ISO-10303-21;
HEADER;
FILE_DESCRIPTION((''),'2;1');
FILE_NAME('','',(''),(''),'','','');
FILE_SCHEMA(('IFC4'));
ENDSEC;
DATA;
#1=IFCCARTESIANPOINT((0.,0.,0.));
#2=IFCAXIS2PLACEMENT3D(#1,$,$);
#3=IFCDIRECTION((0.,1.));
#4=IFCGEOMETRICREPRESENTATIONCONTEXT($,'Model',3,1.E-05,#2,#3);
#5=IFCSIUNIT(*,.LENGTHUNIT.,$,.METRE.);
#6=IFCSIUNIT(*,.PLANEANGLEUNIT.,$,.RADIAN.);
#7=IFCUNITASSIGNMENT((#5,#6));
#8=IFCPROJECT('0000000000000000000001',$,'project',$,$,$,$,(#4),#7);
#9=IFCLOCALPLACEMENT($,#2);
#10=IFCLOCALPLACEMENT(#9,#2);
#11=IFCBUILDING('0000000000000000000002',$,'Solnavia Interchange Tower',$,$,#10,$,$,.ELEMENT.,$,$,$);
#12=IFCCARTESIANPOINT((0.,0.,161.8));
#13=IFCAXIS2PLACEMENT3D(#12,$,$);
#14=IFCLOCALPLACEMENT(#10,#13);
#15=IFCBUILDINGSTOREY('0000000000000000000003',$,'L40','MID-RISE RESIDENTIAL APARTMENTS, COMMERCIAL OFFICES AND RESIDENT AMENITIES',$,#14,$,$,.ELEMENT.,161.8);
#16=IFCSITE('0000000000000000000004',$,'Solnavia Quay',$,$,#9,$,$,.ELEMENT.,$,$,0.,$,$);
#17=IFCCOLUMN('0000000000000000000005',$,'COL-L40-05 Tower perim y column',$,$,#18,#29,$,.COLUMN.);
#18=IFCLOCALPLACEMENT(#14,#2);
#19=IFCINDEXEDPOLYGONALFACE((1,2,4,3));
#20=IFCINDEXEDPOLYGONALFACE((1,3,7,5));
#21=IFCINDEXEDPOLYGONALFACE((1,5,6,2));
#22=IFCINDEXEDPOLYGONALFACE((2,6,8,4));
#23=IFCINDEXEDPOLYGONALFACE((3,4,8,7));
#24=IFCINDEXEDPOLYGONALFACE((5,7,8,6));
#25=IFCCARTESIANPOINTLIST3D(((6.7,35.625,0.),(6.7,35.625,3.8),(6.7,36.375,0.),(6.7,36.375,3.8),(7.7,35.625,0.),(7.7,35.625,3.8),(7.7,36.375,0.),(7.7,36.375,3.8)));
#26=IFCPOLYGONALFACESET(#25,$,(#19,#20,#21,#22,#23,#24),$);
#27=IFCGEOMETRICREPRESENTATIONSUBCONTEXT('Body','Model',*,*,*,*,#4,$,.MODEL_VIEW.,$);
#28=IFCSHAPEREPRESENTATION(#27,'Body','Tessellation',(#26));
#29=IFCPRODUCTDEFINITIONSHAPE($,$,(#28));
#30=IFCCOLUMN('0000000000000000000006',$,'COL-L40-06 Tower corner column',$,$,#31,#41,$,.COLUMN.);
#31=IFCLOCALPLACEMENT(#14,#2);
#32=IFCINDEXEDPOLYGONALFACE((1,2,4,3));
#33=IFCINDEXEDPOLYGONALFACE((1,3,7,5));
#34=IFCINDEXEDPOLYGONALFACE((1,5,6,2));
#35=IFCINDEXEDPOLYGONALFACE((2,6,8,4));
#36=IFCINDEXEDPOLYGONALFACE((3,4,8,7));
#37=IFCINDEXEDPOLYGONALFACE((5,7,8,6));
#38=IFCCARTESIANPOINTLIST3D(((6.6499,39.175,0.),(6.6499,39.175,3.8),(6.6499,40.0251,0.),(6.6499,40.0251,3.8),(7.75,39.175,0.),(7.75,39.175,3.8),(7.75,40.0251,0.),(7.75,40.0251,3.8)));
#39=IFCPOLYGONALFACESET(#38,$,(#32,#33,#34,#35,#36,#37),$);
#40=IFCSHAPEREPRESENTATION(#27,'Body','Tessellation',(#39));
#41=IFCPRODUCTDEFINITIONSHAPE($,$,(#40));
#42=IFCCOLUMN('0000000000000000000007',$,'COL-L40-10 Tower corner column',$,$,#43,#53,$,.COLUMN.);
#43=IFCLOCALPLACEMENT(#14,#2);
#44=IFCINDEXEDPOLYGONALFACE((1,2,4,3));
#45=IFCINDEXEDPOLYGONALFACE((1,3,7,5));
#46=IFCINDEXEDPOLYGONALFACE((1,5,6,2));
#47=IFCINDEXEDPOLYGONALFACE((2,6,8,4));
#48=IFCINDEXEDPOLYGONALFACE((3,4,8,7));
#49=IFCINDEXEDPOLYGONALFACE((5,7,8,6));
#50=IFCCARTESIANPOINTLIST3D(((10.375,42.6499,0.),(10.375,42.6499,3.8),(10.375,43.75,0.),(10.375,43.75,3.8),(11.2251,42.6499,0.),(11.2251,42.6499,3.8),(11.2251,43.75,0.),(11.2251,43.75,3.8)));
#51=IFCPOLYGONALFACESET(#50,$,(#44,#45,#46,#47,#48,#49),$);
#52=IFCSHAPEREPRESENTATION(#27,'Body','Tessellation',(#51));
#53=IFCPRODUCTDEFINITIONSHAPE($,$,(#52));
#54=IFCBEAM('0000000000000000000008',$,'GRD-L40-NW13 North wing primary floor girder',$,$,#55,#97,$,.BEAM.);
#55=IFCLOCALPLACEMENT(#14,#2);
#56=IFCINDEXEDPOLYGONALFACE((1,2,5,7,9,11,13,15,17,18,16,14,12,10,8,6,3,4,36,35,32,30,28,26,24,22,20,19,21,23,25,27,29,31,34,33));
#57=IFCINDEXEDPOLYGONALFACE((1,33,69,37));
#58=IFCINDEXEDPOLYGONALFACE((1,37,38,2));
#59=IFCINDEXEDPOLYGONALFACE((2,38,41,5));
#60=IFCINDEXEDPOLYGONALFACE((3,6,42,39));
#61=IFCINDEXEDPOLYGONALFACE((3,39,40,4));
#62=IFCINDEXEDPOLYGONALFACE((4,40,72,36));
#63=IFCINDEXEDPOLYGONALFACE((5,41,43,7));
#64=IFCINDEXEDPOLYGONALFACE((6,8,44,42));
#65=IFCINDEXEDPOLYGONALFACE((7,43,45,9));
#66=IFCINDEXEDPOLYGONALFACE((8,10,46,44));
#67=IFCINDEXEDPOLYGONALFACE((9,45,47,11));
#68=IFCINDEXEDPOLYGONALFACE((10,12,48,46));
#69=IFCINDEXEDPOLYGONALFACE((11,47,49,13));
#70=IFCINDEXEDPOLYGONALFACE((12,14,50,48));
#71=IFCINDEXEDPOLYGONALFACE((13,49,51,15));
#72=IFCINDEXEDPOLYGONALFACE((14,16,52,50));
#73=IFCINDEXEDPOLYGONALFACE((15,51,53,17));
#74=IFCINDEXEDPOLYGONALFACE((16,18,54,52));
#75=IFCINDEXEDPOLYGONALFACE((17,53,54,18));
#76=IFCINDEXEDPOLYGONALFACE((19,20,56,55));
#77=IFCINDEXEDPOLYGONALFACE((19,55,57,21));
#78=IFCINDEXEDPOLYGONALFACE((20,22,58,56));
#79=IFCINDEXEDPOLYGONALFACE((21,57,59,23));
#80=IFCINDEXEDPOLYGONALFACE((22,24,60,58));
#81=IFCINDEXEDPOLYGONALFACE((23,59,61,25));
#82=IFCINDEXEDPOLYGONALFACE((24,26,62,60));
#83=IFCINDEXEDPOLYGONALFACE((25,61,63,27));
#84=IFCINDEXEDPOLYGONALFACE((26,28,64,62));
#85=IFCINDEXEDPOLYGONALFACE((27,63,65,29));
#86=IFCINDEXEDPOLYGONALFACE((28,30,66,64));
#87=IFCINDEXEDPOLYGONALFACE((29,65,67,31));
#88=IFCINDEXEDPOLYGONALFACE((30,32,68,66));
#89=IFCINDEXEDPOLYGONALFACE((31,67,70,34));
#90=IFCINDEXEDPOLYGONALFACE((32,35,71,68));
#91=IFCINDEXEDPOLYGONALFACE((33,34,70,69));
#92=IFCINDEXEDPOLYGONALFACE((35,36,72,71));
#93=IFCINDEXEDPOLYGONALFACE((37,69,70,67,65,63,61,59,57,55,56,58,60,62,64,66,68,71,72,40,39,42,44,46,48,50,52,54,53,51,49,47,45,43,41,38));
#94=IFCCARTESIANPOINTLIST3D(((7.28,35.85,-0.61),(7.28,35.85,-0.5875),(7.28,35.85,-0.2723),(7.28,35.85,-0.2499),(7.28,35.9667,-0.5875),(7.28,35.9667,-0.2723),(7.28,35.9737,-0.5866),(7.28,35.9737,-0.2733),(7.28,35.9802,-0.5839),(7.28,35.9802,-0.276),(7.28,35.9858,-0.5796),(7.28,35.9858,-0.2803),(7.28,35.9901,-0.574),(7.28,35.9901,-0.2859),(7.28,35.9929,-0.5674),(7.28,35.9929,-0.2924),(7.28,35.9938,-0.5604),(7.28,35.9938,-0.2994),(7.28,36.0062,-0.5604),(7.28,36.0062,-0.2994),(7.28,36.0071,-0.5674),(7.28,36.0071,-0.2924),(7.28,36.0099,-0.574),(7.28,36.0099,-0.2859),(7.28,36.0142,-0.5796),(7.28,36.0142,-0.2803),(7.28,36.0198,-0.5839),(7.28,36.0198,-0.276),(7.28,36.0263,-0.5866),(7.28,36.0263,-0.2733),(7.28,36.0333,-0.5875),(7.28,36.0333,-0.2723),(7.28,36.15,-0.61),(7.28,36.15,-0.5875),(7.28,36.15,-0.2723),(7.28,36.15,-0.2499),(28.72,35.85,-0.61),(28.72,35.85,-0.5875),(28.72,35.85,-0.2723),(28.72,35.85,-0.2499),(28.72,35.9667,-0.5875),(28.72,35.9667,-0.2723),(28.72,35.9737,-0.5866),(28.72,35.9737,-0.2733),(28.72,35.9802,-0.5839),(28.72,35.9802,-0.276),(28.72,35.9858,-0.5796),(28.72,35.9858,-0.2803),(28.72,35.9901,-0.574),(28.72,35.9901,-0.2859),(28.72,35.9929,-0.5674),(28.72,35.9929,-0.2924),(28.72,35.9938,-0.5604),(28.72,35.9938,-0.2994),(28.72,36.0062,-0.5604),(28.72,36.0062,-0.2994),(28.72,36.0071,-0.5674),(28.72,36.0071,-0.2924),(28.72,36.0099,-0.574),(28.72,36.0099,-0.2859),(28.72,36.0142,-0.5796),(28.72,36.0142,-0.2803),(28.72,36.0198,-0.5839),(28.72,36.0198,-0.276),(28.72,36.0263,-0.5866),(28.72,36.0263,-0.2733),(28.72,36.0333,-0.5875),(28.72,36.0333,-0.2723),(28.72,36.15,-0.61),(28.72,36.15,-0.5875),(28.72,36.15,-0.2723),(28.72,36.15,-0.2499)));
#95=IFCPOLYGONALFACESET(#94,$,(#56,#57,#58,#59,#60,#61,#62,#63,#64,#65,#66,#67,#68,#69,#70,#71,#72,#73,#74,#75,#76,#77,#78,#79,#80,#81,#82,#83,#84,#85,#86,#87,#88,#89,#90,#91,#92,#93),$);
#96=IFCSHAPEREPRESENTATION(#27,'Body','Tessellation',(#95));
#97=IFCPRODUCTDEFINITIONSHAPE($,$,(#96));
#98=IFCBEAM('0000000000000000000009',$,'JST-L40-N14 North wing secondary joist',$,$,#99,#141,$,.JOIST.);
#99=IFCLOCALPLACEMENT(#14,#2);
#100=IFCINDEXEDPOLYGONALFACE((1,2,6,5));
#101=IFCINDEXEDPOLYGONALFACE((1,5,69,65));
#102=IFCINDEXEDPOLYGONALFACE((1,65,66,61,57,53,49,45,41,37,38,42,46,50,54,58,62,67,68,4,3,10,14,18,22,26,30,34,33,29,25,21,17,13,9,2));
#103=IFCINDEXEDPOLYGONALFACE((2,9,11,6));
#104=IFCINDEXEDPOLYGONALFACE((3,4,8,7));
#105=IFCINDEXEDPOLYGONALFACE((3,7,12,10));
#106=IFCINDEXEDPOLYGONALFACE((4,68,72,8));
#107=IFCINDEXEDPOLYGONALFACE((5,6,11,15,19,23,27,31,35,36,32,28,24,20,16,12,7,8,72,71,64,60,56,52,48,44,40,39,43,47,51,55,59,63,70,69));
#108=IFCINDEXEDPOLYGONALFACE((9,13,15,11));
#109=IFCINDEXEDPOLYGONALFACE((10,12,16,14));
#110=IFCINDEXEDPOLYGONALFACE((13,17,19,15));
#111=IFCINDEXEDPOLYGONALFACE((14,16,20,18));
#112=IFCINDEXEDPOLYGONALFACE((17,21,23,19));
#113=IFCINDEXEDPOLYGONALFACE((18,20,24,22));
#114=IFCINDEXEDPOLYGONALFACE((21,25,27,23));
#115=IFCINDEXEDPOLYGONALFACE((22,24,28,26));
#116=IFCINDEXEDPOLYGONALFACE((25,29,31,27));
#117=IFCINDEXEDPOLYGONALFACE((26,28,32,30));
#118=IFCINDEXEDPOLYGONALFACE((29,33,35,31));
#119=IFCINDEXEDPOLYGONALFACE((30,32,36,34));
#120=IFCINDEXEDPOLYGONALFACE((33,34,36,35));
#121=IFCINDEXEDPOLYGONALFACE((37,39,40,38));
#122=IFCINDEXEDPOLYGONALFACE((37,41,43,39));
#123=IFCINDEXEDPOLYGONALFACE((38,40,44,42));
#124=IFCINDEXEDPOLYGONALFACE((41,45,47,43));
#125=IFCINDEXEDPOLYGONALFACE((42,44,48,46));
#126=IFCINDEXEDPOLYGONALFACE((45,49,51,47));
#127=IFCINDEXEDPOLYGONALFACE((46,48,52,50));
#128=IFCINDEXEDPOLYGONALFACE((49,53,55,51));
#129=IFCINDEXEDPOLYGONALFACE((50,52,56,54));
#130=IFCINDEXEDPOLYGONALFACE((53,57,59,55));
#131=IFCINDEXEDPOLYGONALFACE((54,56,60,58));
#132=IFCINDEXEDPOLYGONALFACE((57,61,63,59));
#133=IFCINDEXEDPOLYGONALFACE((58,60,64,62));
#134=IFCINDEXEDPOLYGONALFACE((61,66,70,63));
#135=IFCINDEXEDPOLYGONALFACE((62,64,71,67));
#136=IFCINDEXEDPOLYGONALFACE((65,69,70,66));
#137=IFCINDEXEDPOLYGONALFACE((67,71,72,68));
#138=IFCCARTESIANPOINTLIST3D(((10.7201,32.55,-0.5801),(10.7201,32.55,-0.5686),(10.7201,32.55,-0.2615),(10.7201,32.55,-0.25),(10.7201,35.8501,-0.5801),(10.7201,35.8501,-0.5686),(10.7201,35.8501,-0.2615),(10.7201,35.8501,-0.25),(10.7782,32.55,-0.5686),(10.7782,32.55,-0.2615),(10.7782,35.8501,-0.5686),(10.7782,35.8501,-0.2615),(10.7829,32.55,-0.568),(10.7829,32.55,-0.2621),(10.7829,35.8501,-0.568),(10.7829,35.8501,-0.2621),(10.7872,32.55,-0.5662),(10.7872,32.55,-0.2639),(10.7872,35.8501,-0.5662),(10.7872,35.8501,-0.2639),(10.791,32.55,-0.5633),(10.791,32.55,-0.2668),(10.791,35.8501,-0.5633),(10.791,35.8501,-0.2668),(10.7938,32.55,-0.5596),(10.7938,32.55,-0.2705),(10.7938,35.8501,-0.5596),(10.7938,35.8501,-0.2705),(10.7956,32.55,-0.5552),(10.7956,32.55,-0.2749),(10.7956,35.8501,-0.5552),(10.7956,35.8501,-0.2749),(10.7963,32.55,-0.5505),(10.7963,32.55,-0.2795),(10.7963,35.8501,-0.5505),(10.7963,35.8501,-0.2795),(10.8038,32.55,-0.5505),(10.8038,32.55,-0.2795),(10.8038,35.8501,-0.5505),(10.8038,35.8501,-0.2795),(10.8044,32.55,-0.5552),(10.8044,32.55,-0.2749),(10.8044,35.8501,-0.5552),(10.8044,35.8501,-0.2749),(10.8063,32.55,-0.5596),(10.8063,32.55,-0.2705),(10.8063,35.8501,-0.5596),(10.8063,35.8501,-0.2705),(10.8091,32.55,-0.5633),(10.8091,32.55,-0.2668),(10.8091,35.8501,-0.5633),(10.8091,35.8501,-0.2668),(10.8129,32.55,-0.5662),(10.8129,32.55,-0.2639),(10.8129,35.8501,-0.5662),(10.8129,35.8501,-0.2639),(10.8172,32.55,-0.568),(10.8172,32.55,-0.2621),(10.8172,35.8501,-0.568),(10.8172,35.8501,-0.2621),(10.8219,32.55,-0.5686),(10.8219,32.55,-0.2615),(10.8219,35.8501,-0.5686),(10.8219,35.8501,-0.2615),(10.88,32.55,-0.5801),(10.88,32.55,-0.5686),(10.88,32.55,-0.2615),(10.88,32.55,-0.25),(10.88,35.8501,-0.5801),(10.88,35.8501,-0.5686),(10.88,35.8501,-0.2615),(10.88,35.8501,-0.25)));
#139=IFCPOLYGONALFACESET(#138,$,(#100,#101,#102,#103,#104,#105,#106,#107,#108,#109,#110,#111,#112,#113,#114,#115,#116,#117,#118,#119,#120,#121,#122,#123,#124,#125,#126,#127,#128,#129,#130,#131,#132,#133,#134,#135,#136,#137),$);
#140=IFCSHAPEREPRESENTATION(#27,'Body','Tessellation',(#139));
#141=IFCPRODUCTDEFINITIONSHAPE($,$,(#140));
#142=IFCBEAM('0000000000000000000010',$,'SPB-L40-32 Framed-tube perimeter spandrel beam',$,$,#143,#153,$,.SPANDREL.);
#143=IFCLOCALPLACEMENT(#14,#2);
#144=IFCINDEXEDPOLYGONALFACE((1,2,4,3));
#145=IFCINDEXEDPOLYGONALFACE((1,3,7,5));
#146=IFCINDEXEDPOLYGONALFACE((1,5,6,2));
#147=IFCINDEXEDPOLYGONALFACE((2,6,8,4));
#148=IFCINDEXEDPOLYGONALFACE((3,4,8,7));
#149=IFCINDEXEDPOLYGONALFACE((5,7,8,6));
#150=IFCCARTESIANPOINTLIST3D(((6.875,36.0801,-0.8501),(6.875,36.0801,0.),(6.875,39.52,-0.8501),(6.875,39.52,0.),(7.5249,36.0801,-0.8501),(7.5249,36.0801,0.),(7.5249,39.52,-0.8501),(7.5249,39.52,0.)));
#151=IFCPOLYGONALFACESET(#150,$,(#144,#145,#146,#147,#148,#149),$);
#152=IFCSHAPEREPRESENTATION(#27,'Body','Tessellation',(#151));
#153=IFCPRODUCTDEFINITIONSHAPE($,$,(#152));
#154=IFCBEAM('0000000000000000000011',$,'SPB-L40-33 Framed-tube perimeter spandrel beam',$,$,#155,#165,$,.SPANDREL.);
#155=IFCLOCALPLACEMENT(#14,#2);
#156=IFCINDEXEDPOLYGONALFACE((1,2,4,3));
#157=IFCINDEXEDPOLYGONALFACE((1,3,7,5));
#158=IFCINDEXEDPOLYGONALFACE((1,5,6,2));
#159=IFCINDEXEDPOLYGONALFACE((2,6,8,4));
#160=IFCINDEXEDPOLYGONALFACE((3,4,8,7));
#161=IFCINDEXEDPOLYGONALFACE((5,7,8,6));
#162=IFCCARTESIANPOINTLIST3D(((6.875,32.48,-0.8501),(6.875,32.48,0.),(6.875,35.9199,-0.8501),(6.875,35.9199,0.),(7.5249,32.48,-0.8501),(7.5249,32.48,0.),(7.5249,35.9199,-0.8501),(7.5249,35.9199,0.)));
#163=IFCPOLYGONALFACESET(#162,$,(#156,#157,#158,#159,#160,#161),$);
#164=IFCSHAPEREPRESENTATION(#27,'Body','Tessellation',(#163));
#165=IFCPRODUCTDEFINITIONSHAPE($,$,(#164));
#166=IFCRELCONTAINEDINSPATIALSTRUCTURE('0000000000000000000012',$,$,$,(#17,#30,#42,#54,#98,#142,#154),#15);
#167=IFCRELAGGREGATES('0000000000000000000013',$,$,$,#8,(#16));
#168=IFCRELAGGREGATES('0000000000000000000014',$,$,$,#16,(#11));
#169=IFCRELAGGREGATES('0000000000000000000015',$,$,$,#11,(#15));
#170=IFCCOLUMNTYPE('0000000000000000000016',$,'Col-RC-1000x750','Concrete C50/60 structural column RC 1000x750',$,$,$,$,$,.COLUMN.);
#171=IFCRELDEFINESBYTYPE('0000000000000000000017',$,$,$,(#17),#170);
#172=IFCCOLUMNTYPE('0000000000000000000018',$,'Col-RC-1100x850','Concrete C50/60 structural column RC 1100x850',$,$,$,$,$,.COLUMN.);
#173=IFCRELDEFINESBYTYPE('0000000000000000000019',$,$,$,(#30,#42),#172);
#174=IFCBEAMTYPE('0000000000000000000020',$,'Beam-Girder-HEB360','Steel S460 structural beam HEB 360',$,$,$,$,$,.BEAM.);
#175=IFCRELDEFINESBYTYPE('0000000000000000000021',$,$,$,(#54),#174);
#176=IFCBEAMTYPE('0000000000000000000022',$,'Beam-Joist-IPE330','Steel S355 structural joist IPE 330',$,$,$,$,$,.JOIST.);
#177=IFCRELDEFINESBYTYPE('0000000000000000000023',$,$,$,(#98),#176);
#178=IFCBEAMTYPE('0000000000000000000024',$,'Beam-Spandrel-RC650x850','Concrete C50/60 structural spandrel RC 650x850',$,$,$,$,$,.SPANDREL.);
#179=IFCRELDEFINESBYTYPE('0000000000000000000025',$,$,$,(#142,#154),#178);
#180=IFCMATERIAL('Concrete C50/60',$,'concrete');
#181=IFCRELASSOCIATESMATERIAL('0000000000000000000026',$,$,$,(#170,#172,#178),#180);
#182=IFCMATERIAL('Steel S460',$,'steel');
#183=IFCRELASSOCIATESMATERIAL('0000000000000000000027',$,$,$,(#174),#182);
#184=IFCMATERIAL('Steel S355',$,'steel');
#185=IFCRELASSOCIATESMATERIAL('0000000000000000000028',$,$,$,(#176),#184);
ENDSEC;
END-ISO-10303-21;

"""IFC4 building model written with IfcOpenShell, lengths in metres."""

from ifc_helpers import new_model, si_unit, direction, frame, origin, origin_2d, place, context, subcontext, project, spatial, rectangle, i_section, extrude, material, material_profile, profile_set, type_object, element, save


model = new_model("IFC4")

# Units and contexts
model_context = context("Model", 3, precision=1e-05, world=origin(), true_north=direction((0.0, 1.0)))
body_context = subcontext(model_context, "Body", "Model", "MODEL_VIEW")
ifc_project = project(units=[si_unit("LENGTHUNIT", "METRE"), si_unit("PLANEANGLEUNIT", "RADIAN")], contexts=[model_context])

# Site, building, storey
site_placement = place(None, origin())
site = spatial("IfcSite", under=ifc_project, at=site_placement, Name="Solnavia Quay", CompositionType="ELEMENT", RefElevation=0.0)
building_placement = place(site_placement, origin())
building = spatial("IfcBuilding", under=site, at=building_placement, Name="Solnavia Interchange Tower", CompositionType="ELEMENT")
storey_placement = place(building_placement, frame((0.0, 0.0, 161.8)))
storey = spatial("IfcBuildingStorey", under=building, at=storey_placement, Name="L40", Description="MID-RISE RESIDENTIAL APARTMENTS, COMMERCIAL OFFICES AND RESIDENT AMENITIES", CompositionType="ELEMENT", Elevation=161.8)

# Columns
ifc_material_1 = material(Name="Concrete C50/60", Category="concrete")
ifc_material_profile_1 = material_profile(ifc_material_1, rectangle(XDim=0.75, YDim=1.0, at=origin_2d()), Name="RC 1000x750")
ifc_profile_set_1 = profile_set([ifc_material_profile_1], Name="Concrete C50/60")
column_type_1 = type_object("IfcColumnType", Name="Col-RC-1000x750", Description="Concrete C50/60 structural column RC 1000x750", PredefinedType="COLUMN", material=ifc_profile_set_1)
column_placement = place(storey_placement, frame((7.2, 36.0, 0.0), z_axis=(0.0, 0.0, 1.0), x_axis=(0.0, 1.0, 0.0)))
element("IfcColumn", 1, at=column_placement, inside=storey, type_object=column_type_1, Name="COL-L40-05 Tower perim y column", PredefinedType="COLUMN", context=body_context, shape_type="SweptSolid", body=[
    extrude(rectangle(XDim=0.75, YDim=1.0, at=origin_2d()), origin(), (0.0, 0.0, 1.0), 3.8),
])
ifc_material_profile_2 = material_profile(ifc_material_1, rectangle(XDim=0.8501, YDim=1.1001, at=origin_2d()), Name="RC 1100x850")
ifc_profile_set_2 = profile_set([ifc_material_profile_2], Name="Concrete C50/60")
column_type_2 = type_object("IfcColumnType", Name="Col-RC-1100x850", Description="Concrete C50/60 structural column RC 1100x850", PredefinedType="COLUMN", material=ifc_profile_set_2)
for number, where, z_axis, x_axis, name in (
    (2, (7.2, 39.6001, 0.0), (0.0, 0.0, 1.0), (0.0, 1.0, 0.0), "COL-L40-06 Tower corner column"),
    (3, (10.8, 43.2, 0.0), (0.0, 0.0, 1.0), (1.0, 0.0, 0.0), "COL-L40-10 Tower corner column"),
):
    element("IfcColumn", number, at=place(storey_placement, frame(where, z_axis=z_axis, x_axis=x_axis)), inside=storey, type_object=column_type_2, Name=name, PredefinedType="COLUMN", context=body_context, shape_type="SweptSolid", body=[
        extrude(rectangle(XDim=0.8501, YDim=1.1001, at=origin_2d()), origin(), (0.0, 0.0, 1.0), 3.8),
    ])

# Beams
ifc_material_2 = material(Name="Steel S460", Category="steel")
ifc_material_profile_3 = material_profile(ifc_material_2, i_section(OverallWidth=0.3, OverallDepth=0.3601, WebThickness=0.0125, FlangeThickness=0.0225, FilletRadius=0.0271, at=origin_2d()), Name="HEB 360")
ifc_profile_set_3 = profile_set([ifc_material_profile_3], Name="Steel S460")
beam_type_1 = type_object("IfcBeamType", Name="Beam-Girder-HEB360", Description="Steel S460 structural beam HEB 360", PredefinedType="BEAM", material=ifc_profile_set_3)
beam_1_placement = place(storey_placement, frame((7.28, 36.0, -0.4299), z_axis=(1.0, 0.0, 0.0), x_axis=(0.0, 1.0, 0.0)))
element("IfcBeam", 4, at=beam_1_placement, inside=storey, type_object=beam_type_1, Name="GRD-L40-NW13 North wing primary floor girder", PredefinedType="BEAM", context=body_context, shape_type="SweptSolid", body=[
    extrude(i_section(OverallWidth=0.3, OverallDepth=0.3601, WebThickness=0.0125, FlangeThickness=0.0225, FilletRadius=0.0271, at=origin_2d()), origin(), (0.0, 0.0, 1.0), 21.4399),
])
ifc_material_3 = material(Name="Steel S355", Category="steel")
ifc_material_profile_4 = material_profile(ifc_material_3, i_section(OverallWidth=0.1599, OverallDepth=0.3301, WebThickness=0.0076, FlangeThickness=0.0115, FilletRadius=0.0181, at=origin_2d()), Name="IPE 330")
ifc_profile_set_4 = profile_set([ifc_material_profile_4], Name="Steel S355")
beam_type_2 = type_object("IfcBeamType", Name="Beam-Joist-IPE330", Description="Steel S355 structural joist IPE 330", PredefinedType="JOIST", material=ifc_profile_set_4)
beam_2_placement = place(storey_placement, frame((10.8, 32.55, -0.415), z_axis=(0.0, 1.0, 0.0), x_axis=(-1.0, 0.0, 0.0)))
element("IfcBeam", 5, at=beam_2_placement, inside=storey, type_object=beam_type_2, Name="JST-L40-N14 North wing secondary joist", PredefinedType="JOIST", context=body_context, shape_type="SweptSolid", body=[
    extrude(i_section(OverallWidth=0.1599, OverallDepth=0.3301, WebThickness=0.0076, FlangeThickness=0.0115, FilletRadius=0.0181, at=origin_2d()), origin(), (0.0, 0.0, 1.0), 3.3),
])
ifc_material_profile_5 = material_profile(ifc_material_1, rectangle(XDim=0.6499, YDim=0.8501, at=origin_2d()), Name="RC 650x850")
ifc_profile_set_5 = profile_set([ifc_material_profile_5], Name="Concrete C50/60")
beam_type_3 = type_object("IfcBeamType", Name="Beam-Spandrel-RC650x850", Description="Concrete C50/60 structural spandrel RC 650x850", PredefinedType="SPANDREL", material=ifc_profile_set_5)
for number, where, z_axis, x_axis, name in (
    (6, (7.2, 39.52, -0.425), (0.0, -1.0, 0.0), (1.0, 0.0, 0.0), "SPB-L40-32 Framed-tube perimeter spandrel beam"),
    (7, (7.2, 35.9199, -0.425), (0.0, -1.0, 0.0), (1.0, 0.0, 0.0), "SPB-L40-33 Framed-tube perimeter spandrel beam"),
):
    element("IfcBeam", number, at=place(storey_placement, frame(where, z_axis=z_axis, x_axis=x_axis)), inside=storey, type_object=beam_type_3, Name=name, PredefinedType="SPANDREL", context=body_context, shape_type="SweptSolid", body=[
        extrude(rectangle(XDim=0.6499, YDim=0.8501, at=origin_2d()), origin(), (0.0, 0.0, 1.0), 3.4399),
    ])

save(model, "model.ifc")
